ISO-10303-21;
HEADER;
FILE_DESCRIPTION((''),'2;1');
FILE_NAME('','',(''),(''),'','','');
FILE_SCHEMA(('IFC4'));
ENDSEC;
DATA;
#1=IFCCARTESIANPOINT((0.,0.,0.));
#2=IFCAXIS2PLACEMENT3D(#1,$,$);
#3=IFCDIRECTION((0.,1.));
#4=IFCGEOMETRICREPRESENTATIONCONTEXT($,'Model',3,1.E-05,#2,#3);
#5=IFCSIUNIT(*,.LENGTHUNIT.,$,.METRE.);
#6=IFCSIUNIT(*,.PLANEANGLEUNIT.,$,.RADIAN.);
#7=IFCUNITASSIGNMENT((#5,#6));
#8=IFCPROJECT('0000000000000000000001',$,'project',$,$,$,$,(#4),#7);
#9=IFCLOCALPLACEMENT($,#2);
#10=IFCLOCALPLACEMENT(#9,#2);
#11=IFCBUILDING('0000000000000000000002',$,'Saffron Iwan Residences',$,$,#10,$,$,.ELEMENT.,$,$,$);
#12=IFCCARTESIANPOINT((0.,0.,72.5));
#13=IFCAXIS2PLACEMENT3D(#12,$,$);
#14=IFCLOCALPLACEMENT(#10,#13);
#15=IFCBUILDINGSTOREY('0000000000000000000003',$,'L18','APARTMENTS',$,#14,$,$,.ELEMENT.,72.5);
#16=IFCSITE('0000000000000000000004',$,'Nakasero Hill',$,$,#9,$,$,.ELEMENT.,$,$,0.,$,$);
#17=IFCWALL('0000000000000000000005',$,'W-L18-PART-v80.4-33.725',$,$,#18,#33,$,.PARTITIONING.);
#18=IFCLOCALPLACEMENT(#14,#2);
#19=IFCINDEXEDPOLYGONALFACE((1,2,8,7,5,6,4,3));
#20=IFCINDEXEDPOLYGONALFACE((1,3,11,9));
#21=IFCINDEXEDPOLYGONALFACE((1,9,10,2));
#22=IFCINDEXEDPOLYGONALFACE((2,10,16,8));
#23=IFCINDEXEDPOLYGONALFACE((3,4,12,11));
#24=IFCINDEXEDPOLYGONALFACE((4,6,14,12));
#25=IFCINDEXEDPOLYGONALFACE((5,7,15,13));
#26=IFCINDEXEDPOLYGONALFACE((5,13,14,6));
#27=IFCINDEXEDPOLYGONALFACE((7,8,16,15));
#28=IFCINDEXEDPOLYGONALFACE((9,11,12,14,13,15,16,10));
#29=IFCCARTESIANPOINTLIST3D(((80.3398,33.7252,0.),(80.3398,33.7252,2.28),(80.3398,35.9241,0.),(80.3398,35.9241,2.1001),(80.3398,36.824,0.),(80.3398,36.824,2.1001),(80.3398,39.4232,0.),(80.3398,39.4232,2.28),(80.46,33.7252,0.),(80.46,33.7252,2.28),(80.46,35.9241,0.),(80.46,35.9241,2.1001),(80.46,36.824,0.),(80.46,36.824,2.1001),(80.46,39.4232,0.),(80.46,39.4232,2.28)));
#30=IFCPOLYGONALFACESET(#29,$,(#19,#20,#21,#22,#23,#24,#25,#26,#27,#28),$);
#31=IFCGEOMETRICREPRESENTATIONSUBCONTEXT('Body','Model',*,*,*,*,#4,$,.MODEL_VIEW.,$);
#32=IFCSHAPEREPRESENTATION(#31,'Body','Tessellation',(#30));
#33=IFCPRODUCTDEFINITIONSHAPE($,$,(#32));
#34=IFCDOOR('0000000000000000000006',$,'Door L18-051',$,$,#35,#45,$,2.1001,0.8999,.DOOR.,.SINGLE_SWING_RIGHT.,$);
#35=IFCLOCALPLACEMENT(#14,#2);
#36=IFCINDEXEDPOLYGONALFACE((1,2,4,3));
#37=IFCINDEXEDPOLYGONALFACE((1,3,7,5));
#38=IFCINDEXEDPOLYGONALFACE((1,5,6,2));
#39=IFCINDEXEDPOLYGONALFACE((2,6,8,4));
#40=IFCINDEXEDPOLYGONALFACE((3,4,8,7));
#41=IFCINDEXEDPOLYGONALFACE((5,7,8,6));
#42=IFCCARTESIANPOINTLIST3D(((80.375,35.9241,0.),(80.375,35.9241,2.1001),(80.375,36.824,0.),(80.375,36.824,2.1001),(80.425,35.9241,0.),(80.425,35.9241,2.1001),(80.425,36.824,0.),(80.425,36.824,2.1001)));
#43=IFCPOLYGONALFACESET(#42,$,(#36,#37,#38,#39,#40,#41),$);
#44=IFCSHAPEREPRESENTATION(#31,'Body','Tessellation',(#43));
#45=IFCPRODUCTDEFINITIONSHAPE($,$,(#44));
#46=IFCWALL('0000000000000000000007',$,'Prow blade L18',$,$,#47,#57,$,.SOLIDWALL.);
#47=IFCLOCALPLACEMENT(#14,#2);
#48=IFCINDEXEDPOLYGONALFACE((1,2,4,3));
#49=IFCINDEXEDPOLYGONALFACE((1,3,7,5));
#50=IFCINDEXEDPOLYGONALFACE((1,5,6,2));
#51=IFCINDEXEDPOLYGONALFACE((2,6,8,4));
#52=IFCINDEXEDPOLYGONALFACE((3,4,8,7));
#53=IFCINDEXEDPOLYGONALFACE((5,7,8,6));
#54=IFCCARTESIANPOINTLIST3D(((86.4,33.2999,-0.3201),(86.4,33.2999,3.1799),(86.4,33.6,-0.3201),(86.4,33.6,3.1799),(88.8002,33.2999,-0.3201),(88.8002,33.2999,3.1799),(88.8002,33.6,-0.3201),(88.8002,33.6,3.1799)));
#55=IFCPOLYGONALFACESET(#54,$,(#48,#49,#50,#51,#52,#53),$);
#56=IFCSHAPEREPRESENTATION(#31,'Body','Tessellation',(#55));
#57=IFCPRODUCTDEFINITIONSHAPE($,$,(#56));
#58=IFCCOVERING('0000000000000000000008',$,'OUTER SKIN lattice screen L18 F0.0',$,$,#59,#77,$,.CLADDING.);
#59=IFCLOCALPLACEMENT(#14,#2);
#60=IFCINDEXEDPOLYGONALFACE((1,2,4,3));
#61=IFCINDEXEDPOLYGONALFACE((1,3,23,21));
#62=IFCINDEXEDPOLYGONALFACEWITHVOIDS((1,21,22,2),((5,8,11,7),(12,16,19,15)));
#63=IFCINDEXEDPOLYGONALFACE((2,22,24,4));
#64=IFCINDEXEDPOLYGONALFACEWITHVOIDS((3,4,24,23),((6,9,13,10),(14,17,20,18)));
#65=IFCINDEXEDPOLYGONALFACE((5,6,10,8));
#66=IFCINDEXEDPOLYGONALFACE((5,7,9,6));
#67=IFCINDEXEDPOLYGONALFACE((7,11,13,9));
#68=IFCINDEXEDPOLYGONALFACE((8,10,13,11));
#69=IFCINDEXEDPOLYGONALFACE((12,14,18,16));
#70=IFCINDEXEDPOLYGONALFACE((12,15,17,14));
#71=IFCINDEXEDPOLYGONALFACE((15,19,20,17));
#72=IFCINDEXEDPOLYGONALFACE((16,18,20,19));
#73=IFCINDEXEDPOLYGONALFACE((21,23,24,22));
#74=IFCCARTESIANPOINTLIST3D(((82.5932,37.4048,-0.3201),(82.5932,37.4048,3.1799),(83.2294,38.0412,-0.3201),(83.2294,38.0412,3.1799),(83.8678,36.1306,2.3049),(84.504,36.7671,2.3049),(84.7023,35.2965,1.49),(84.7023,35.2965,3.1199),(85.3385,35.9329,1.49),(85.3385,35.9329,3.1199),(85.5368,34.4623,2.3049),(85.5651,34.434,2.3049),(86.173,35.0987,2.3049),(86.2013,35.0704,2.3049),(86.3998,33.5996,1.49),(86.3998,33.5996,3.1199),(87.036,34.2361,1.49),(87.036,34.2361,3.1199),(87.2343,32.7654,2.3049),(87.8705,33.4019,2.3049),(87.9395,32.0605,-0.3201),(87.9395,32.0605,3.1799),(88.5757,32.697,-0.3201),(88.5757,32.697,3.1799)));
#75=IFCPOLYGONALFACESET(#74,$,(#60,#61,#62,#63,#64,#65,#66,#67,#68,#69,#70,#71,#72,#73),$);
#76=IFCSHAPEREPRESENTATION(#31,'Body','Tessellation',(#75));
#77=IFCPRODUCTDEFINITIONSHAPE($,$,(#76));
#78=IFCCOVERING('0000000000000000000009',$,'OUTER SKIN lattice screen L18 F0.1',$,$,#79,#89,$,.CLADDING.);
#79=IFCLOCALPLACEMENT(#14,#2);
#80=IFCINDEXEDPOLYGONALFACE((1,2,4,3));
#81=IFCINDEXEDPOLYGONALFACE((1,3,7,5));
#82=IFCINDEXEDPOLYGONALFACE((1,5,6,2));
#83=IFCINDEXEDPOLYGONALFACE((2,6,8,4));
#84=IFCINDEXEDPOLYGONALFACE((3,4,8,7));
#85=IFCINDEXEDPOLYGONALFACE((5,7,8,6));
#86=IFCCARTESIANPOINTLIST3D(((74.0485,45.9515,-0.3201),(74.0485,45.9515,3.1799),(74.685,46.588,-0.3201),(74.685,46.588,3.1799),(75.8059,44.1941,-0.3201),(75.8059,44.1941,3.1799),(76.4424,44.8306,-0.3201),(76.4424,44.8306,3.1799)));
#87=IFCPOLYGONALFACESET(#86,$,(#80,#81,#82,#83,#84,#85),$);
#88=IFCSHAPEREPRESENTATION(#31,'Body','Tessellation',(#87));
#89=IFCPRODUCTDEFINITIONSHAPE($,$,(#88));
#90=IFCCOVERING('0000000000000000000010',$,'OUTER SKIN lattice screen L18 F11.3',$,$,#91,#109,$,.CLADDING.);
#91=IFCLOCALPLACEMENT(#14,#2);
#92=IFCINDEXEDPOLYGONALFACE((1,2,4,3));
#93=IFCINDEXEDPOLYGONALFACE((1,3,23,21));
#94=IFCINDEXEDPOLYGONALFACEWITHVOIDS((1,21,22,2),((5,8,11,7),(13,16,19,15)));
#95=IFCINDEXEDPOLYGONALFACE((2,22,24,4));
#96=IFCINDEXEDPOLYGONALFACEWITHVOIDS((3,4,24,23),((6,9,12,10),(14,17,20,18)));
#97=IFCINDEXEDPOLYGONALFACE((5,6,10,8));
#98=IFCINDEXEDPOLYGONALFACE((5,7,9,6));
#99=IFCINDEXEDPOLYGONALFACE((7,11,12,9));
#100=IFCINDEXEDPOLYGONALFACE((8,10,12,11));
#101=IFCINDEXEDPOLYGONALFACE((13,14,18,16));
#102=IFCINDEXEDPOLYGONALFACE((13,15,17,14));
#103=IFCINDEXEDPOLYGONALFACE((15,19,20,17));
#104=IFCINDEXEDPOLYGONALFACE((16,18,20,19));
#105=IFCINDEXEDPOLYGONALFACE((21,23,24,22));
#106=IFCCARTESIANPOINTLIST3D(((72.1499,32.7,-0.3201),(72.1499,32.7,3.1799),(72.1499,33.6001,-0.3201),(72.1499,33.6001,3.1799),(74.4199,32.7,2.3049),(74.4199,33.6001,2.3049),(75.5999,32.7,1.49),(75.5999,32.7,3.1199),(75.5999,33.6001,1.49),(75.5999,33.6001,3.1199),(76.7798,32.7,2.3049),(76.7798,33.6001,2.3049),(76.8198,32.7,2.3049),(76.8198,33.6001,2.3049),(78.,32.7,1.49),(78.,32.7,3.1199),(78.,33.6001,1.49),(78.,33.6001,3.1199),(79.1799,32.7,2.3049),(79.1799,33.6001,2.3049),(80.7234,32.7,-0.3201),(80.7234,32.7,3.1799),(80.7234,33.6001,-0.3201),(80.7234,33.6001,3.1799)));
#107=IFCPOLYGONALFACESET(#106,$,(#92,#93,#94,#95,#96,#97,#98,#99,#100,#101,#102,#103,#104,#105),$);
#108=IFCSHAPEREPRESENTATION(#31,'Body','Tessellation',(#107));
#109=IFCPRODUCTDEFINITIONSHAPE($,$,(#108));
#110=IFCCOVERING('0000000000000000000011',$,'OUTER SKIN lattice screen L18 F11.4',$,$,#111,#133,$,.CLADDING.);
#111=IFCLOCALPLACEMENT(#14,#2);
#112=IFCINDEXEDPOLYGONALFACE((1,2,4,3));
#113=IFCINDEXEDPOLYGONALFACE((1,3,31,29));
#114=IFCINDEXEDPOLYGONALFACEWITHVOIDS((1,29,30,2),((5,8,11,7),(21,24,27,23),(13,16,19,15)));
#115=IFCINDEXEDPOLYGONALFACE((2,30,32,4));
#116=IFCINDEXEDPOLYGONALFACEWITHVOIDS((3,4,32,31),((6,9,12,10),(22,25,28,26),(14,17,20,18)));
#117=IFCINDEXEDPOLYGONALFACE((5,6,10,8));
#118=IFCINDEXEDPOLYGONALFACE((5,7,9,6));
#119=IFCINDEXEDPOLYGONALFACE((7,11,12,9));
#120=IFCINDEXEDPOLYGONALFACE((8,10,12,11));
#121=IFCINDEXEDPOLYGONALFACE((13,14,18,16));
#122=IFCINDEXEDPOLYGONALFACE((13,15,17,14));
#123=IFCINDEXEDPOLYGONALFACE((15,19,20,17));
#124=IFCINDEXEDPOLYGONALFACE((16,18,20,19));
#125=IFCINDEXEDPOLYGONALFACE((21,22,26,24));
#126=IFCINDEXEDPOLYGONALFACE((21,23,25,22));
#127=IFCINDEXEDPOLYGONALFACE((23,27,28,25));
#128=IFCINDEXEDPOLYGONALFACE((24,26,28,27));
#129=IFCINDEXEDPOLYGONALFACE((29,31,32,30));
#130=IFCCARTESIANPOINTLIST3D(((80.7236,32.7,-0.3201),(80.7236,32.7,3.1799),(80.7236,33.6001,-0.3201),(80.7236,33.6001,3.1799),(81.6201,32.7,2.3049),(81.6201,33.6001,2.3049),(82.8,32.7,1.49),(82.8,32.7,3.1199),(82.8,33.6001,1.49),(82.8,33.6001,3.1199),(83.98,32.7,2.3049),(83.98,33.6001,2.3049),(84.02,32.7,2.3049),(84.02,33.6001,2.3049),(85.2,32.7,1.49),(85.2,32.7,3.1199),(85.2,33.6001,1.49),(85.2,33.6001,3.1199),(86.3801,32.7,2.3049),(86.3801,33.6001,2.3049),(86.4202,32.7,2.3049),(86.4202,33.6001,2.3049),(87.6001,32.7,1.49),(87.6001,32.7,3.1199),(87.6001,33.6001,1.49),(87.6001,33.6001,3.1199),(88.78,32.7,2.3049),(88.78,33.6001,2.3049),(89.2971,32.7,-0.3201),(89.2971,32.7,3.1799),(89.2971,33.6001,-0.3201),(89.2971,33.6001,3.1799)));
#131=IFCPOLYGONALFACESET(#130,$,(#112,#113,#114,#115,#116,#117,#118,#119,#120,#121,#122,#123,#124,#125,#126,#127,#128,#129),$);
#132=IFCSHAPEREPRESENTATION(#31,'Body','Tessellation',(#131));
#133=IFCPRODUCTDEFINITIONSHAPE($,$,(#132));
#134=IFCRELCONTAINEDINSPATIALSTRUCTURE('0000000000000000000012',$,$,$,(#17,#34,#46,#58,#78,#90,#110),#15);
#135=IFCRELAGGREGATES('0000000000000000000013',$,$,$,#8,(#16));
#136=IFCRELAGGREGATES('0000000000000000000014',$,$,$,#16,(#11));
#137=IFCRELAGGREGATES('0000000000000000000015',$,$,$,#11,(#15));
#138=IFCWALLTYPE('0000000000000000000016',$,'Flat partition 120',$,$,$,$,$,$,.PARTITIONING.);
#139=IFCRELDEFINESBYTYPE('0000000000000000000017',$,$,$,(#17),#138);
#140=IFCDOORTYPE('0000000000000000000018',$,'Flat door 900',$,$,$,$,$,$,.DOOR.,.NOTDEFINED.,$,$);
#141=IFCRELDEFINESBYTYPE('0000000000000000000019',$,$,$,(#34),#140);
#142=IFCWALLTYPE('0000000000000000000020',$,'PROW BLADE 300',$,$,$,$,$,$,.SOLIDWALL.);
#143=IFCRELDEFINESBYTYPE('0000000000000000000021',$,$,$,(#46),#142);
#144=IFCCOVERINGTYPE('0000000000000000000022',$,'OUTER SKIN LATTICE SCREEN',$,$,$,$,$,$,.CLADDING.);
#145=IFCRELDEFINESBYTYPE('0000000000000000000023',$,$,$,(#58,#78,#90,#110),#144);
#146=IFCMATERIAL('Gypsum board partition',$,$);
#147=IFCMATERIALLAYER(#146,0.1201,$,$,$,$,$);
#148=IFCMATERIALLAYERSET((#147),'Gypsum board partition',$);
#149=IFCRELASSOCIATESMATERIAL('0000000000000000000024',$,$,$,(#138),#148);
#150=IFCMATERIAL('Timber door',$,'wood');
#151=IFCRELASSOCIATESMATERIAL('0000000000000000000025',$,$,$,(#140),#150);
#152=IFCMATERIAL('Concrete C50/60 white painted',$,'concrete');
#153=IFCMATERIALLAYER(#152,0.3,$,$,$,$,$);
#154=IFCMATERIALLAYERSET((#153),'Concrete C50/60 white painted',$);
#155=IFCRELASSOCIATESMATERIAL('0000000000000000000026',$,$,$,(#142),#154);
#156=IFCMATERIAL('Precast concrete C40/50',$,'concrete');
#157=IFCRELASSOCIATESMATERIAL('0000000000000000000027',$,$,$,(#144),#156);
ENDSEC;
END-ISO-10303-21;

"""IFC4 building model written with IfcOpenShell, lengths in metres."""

from ifc_helpers import new_model, si_unit, direction, frame, frame_2d, origin, place, context, subcontext, project, spatial, polyline, rectangle, outline, extrude, material, layer, layer_set, type_object, element, fill, save


model = new_model("IFC4")

# Units and contexts
model_context = context("Model", 3, precision=1e-05, world=origin(), true_north=direction((0.0, 1.0)))
body_context = subcontext(model_context, "Body", "Model", "MODEL_VIEW")
ifc_project = project(units=[si_unit("LENGTHUNIT", "METRE"), si_unit("PLANEANGLEUNIT", "RADIAN")], contexts=[model_context])

# Site, building, storey
site_placement = place(None, origin())
site = spatial("IfcSite", under=ifc_project, at=site_placement, Name="Nakasero Hill", CompositionType="ELEMENT", RefElevation=0.0)
building_placement = place(site_placement, origin())
building = spatial("IfcBuilding", under=site, at=building_placement, Name="Saffron Iwan Residences", CompositionType="ELEMENT")
storey_placement = place(building_placement, frame((0.0, 0.0, 72.5)))
storey = spatial("IfcBuildingStorey", under=building, at=storey_placement, Name="L18", Description="APARTMENTS", CompositionType="ELEMENT", Elevation=72.5)

# Wall, opening, door
ifc_material_1 = material(Name="Gypsum board partition")
ifc_layer_1 = layer(ifc_material_1, 0.1201)
ifc_layer_set_1 = layer_set([ifc_layer_1], Name="Gypsum board partition")
wall_type_1 = type_object("IfcWallType", Name="Flat partition 120", PredefinedType="PARTITIONING", material=ifc_layer_set_1)
wall_1_placement = place(storey_placement, frame((80.3999, 33.7251, 0.0), z_axis=(0.0, 0.0, 1.0), x_axis=(0.0, 1.0, 0.0)))
wall_1 = element("IfcWall", 1, at=wall_1_placement, inside=storey, type_object=wall_type_1, Name="W-L18-PART-v80.4-33.725", PredefinedType="PARTITIONING", context=body_context, shape_type="SweptSolid", body=[
    extrude(rectangle(XDim=5.698, YDim=0.1201, at=frame_2d((2.8491, 0.0))), origin(), (0.0, 0.0, 1.0), 2.28),
])
opening_1_placement = place(wall_1_placement, frame((2.199, 0.0, 0.0)))
opening_1 = element("IfcOpeningElement", 2, at=opening_1_placement, cuts=wall_1, PredefinedType="OPENING", context=body_context, shape_type="SweptSolid", body=[
    extrude(rectangle(XDim=0.8999, YDim=2.1001, at=frame_2d((0.45, 1.05))), frame((0.0, 0.0701, 0.0), z_axis=(0.0, -1.0, 0.0), x_axis=(1.0, 0.0, 0.0)), (0.0, 0.0, 1.0), 0.1401),
])
ifc_material_2 = material(Name="Timber door", Category="wood")
door_type = type_object("IfcDoorType", Name="Flat door 900", OperationType="NOTDEFINED", PredefinedType="DOOR", material=ifc_material_2)
door_placement = place(opening_1_placement, origin())
door = element("IfcDoor", 3, at=door_placement, inside=storey, type_object=door_type, Name="Door L18-051", OperationType="SINGLE_SWING_RIGHT", OverallHeight=2.1001, OverallWidth=0.8999, PredefinedType="DOOR", context=body_context, shape_type="SweptSolid", body=[
    extrude(rectangle(XDim=0.8999, YDim=2.1001, at=frame_2d((0.45, 1.05))), frame((0.0, 0.0249, 0.0), z_axis=(0.0, -1.0, 0.0), x_axis=(1.0, 0.0, 0.0)), (0.0, 0.0, 1.0), 0.05),
])
fill(opening_1, door)

# Wall
ifc_material_3 = material(Name="Concrete C50/60 white painted", Category="concrete")
ifc_layer_2 = layer(ifc_material_3, 0.3)
ifc_layer_set_2 = layer_set([ifc_layer_2], Name="Concrete C50/60 white painted")
wall_type_2 = type_object("IfcWallType", Name="PROW BLADE 300", PredefinedType="SOLIDWALL", material=ifc_layer_set_2)
wall_2_placement = place(storey_placement, frame((86.3999, 33.45, -0.3201), z_axis=(0.0, 0.0, 1.0), x_axis=(1.0, 0.0, 0.0)))
element("IfcWall", 4, at=wall_2_placement, inside=storey, type_object=wall_type_2, Name="Prow blade L18", PredefinedType="SOLIDWALL", context=body_context, shape_type="SweptSolid", body=[
    extrude(rectangle(XDim=2.4001, YDim=0.3, at=frame_2d((1.2002, 0.0))), origin(), (0.0, 0.0, 1.0), 3.5),
])

# Coverings
ifc_material_4 = material(Name="Precast concrete C40/50", Category="concrete")
covering_type = type_object("IfcCoveringType", Name="OUTER SKIN LATTICE SCREEN", PredefinedType="CLADDING", material=ifc_material_4)
covering_1_placement = place(storey_placement, frame((87.9395, 32.0605, -0.3201), z_axis=(0.706971, 0.707242, 0.0), x_axis=(-0.707242, 0.706971, 0.0)))
element("IfcCovering", 5, at=covering_1_placement, inside=storey, type_object=covering_type, Name="OUTER SKIN lattice screen L18 F0.0", PredefinedType="CLADDING", context=body_context, shape_type="SweptSolid", body=[
    extrude(outline(polyline([(0.0, 0.0), (7.5593, 0.0), (7.5593, 3.5), (0.0, 3.5), (0.0, 0.0)]), holes=[polyline([(0.9971, 2.625), (2.177, 1.8101), (3.3572, 2.625), (2.177, 3.4399), (0.9971, 2.625)]), polyline([(3.3972, 2.625), (4.5771, 1.8101), (5.7571, 2.625), (4.5771, 3.4399), (3.3972, 2.625)])]), origin(), (0.0, 0.0, 1.0), 0.8999),
])
covering_2_placement = place(storey_placement, frame((75.8059, 44.1941, -0.3201), z_axis=(0.707107, 0.707107, 0.0), x_axis=(-0.707107, 0.707107, 0.0)))
element("IfcCovering", 6, at=covering_2_placement, inside=storey, type_object=covering_type, Name="OUTER SKIN lattice screen L18 F0.1", PredefinedType="CLADDING", context=body_context, shape_type="SweptSolid", body=[
    extrude(outline(polyline([(0.0, 0.0), (2.4854, 0.0), (2.4854, 3.5), (0.0, 3.5), (0.0, 0.0)])), origin(), (0.0, 0.0, 1.0), 0.9001),
])
covering_3_placement = place(storey_placement, frame((72.1499, 33.6001, -0.3201), z_axis=(0.0, -1.0, 0.0), x_axis=(1.0, 0.0, 0.0)))
element("IfcCovering", 7, at=covering_3_placement, inside=storey, type_object=covering_type, Name="OUTER SKIN lattice screen L18 F11.3", PredefinedType="CLADDING", context=body_context, shape_type="SweptSolid", body=[
    extrude(outline(polyline([(0.0, 0.0), (8.5735, 0.0), (8.5735, 3.5), (0.0, 3.5), (0.0, 0.0)]), holes=[polyline([(2.27, 2.625), (3.45, 1.8101), (4.6299, 2.625), (3.45, 3.4399), (2.27, 2.625)]), polyline([(4.6699, 2.625), (5.8501, 1.8101), (7.03, 2.625), (5.8501, 3.4399), (4.6699, 2.625)])]), origin(), (0.0, 0.0, 1.0), 0.9001),
])
covering_4_placement = place(storey_placement, frame((80.7236, 33.6001, -0.3201), z_axis=(0.0, -1.0, 0.0), x_axis=(1.0, 0.0, 0.0)))
element("IfcCovering", 8, at=covering_4_placement, inside=storey, type_object=covering_type, Name="OUTER SKIN lattice screen L18 F11.4", PredefinedType="CLADDING", context=body_context, shape_type="SweptSolid", body=[
    extrude(outline(polyline([(0.0, 0.0), (8.5735, 0.0), (8.5735, 3.5), (0.0, 3.5), (0.0, 0.0)]), holes=[polyline([(0.8965, 2.625), (2.0764, 1.8101), (3.2563, 2.625), (2.0764, 3.4399), (0.8965, 2.625)]), polyline([(3.2964, 2.625), (4.4763, 1.8101), (5.6565, 2.625), (4.4763, 3.4399), (3.2964, 2.625)]), polyline([(5.6965, 2.625), (6.8765, 1.8101), (8.0564, 2.625), (6.8765, 3.4399), (5.6965, 2.625)])]), origin(), (0.0, 0.0, 1.0), 0.9001),
])

save(model, "model.ifc")
